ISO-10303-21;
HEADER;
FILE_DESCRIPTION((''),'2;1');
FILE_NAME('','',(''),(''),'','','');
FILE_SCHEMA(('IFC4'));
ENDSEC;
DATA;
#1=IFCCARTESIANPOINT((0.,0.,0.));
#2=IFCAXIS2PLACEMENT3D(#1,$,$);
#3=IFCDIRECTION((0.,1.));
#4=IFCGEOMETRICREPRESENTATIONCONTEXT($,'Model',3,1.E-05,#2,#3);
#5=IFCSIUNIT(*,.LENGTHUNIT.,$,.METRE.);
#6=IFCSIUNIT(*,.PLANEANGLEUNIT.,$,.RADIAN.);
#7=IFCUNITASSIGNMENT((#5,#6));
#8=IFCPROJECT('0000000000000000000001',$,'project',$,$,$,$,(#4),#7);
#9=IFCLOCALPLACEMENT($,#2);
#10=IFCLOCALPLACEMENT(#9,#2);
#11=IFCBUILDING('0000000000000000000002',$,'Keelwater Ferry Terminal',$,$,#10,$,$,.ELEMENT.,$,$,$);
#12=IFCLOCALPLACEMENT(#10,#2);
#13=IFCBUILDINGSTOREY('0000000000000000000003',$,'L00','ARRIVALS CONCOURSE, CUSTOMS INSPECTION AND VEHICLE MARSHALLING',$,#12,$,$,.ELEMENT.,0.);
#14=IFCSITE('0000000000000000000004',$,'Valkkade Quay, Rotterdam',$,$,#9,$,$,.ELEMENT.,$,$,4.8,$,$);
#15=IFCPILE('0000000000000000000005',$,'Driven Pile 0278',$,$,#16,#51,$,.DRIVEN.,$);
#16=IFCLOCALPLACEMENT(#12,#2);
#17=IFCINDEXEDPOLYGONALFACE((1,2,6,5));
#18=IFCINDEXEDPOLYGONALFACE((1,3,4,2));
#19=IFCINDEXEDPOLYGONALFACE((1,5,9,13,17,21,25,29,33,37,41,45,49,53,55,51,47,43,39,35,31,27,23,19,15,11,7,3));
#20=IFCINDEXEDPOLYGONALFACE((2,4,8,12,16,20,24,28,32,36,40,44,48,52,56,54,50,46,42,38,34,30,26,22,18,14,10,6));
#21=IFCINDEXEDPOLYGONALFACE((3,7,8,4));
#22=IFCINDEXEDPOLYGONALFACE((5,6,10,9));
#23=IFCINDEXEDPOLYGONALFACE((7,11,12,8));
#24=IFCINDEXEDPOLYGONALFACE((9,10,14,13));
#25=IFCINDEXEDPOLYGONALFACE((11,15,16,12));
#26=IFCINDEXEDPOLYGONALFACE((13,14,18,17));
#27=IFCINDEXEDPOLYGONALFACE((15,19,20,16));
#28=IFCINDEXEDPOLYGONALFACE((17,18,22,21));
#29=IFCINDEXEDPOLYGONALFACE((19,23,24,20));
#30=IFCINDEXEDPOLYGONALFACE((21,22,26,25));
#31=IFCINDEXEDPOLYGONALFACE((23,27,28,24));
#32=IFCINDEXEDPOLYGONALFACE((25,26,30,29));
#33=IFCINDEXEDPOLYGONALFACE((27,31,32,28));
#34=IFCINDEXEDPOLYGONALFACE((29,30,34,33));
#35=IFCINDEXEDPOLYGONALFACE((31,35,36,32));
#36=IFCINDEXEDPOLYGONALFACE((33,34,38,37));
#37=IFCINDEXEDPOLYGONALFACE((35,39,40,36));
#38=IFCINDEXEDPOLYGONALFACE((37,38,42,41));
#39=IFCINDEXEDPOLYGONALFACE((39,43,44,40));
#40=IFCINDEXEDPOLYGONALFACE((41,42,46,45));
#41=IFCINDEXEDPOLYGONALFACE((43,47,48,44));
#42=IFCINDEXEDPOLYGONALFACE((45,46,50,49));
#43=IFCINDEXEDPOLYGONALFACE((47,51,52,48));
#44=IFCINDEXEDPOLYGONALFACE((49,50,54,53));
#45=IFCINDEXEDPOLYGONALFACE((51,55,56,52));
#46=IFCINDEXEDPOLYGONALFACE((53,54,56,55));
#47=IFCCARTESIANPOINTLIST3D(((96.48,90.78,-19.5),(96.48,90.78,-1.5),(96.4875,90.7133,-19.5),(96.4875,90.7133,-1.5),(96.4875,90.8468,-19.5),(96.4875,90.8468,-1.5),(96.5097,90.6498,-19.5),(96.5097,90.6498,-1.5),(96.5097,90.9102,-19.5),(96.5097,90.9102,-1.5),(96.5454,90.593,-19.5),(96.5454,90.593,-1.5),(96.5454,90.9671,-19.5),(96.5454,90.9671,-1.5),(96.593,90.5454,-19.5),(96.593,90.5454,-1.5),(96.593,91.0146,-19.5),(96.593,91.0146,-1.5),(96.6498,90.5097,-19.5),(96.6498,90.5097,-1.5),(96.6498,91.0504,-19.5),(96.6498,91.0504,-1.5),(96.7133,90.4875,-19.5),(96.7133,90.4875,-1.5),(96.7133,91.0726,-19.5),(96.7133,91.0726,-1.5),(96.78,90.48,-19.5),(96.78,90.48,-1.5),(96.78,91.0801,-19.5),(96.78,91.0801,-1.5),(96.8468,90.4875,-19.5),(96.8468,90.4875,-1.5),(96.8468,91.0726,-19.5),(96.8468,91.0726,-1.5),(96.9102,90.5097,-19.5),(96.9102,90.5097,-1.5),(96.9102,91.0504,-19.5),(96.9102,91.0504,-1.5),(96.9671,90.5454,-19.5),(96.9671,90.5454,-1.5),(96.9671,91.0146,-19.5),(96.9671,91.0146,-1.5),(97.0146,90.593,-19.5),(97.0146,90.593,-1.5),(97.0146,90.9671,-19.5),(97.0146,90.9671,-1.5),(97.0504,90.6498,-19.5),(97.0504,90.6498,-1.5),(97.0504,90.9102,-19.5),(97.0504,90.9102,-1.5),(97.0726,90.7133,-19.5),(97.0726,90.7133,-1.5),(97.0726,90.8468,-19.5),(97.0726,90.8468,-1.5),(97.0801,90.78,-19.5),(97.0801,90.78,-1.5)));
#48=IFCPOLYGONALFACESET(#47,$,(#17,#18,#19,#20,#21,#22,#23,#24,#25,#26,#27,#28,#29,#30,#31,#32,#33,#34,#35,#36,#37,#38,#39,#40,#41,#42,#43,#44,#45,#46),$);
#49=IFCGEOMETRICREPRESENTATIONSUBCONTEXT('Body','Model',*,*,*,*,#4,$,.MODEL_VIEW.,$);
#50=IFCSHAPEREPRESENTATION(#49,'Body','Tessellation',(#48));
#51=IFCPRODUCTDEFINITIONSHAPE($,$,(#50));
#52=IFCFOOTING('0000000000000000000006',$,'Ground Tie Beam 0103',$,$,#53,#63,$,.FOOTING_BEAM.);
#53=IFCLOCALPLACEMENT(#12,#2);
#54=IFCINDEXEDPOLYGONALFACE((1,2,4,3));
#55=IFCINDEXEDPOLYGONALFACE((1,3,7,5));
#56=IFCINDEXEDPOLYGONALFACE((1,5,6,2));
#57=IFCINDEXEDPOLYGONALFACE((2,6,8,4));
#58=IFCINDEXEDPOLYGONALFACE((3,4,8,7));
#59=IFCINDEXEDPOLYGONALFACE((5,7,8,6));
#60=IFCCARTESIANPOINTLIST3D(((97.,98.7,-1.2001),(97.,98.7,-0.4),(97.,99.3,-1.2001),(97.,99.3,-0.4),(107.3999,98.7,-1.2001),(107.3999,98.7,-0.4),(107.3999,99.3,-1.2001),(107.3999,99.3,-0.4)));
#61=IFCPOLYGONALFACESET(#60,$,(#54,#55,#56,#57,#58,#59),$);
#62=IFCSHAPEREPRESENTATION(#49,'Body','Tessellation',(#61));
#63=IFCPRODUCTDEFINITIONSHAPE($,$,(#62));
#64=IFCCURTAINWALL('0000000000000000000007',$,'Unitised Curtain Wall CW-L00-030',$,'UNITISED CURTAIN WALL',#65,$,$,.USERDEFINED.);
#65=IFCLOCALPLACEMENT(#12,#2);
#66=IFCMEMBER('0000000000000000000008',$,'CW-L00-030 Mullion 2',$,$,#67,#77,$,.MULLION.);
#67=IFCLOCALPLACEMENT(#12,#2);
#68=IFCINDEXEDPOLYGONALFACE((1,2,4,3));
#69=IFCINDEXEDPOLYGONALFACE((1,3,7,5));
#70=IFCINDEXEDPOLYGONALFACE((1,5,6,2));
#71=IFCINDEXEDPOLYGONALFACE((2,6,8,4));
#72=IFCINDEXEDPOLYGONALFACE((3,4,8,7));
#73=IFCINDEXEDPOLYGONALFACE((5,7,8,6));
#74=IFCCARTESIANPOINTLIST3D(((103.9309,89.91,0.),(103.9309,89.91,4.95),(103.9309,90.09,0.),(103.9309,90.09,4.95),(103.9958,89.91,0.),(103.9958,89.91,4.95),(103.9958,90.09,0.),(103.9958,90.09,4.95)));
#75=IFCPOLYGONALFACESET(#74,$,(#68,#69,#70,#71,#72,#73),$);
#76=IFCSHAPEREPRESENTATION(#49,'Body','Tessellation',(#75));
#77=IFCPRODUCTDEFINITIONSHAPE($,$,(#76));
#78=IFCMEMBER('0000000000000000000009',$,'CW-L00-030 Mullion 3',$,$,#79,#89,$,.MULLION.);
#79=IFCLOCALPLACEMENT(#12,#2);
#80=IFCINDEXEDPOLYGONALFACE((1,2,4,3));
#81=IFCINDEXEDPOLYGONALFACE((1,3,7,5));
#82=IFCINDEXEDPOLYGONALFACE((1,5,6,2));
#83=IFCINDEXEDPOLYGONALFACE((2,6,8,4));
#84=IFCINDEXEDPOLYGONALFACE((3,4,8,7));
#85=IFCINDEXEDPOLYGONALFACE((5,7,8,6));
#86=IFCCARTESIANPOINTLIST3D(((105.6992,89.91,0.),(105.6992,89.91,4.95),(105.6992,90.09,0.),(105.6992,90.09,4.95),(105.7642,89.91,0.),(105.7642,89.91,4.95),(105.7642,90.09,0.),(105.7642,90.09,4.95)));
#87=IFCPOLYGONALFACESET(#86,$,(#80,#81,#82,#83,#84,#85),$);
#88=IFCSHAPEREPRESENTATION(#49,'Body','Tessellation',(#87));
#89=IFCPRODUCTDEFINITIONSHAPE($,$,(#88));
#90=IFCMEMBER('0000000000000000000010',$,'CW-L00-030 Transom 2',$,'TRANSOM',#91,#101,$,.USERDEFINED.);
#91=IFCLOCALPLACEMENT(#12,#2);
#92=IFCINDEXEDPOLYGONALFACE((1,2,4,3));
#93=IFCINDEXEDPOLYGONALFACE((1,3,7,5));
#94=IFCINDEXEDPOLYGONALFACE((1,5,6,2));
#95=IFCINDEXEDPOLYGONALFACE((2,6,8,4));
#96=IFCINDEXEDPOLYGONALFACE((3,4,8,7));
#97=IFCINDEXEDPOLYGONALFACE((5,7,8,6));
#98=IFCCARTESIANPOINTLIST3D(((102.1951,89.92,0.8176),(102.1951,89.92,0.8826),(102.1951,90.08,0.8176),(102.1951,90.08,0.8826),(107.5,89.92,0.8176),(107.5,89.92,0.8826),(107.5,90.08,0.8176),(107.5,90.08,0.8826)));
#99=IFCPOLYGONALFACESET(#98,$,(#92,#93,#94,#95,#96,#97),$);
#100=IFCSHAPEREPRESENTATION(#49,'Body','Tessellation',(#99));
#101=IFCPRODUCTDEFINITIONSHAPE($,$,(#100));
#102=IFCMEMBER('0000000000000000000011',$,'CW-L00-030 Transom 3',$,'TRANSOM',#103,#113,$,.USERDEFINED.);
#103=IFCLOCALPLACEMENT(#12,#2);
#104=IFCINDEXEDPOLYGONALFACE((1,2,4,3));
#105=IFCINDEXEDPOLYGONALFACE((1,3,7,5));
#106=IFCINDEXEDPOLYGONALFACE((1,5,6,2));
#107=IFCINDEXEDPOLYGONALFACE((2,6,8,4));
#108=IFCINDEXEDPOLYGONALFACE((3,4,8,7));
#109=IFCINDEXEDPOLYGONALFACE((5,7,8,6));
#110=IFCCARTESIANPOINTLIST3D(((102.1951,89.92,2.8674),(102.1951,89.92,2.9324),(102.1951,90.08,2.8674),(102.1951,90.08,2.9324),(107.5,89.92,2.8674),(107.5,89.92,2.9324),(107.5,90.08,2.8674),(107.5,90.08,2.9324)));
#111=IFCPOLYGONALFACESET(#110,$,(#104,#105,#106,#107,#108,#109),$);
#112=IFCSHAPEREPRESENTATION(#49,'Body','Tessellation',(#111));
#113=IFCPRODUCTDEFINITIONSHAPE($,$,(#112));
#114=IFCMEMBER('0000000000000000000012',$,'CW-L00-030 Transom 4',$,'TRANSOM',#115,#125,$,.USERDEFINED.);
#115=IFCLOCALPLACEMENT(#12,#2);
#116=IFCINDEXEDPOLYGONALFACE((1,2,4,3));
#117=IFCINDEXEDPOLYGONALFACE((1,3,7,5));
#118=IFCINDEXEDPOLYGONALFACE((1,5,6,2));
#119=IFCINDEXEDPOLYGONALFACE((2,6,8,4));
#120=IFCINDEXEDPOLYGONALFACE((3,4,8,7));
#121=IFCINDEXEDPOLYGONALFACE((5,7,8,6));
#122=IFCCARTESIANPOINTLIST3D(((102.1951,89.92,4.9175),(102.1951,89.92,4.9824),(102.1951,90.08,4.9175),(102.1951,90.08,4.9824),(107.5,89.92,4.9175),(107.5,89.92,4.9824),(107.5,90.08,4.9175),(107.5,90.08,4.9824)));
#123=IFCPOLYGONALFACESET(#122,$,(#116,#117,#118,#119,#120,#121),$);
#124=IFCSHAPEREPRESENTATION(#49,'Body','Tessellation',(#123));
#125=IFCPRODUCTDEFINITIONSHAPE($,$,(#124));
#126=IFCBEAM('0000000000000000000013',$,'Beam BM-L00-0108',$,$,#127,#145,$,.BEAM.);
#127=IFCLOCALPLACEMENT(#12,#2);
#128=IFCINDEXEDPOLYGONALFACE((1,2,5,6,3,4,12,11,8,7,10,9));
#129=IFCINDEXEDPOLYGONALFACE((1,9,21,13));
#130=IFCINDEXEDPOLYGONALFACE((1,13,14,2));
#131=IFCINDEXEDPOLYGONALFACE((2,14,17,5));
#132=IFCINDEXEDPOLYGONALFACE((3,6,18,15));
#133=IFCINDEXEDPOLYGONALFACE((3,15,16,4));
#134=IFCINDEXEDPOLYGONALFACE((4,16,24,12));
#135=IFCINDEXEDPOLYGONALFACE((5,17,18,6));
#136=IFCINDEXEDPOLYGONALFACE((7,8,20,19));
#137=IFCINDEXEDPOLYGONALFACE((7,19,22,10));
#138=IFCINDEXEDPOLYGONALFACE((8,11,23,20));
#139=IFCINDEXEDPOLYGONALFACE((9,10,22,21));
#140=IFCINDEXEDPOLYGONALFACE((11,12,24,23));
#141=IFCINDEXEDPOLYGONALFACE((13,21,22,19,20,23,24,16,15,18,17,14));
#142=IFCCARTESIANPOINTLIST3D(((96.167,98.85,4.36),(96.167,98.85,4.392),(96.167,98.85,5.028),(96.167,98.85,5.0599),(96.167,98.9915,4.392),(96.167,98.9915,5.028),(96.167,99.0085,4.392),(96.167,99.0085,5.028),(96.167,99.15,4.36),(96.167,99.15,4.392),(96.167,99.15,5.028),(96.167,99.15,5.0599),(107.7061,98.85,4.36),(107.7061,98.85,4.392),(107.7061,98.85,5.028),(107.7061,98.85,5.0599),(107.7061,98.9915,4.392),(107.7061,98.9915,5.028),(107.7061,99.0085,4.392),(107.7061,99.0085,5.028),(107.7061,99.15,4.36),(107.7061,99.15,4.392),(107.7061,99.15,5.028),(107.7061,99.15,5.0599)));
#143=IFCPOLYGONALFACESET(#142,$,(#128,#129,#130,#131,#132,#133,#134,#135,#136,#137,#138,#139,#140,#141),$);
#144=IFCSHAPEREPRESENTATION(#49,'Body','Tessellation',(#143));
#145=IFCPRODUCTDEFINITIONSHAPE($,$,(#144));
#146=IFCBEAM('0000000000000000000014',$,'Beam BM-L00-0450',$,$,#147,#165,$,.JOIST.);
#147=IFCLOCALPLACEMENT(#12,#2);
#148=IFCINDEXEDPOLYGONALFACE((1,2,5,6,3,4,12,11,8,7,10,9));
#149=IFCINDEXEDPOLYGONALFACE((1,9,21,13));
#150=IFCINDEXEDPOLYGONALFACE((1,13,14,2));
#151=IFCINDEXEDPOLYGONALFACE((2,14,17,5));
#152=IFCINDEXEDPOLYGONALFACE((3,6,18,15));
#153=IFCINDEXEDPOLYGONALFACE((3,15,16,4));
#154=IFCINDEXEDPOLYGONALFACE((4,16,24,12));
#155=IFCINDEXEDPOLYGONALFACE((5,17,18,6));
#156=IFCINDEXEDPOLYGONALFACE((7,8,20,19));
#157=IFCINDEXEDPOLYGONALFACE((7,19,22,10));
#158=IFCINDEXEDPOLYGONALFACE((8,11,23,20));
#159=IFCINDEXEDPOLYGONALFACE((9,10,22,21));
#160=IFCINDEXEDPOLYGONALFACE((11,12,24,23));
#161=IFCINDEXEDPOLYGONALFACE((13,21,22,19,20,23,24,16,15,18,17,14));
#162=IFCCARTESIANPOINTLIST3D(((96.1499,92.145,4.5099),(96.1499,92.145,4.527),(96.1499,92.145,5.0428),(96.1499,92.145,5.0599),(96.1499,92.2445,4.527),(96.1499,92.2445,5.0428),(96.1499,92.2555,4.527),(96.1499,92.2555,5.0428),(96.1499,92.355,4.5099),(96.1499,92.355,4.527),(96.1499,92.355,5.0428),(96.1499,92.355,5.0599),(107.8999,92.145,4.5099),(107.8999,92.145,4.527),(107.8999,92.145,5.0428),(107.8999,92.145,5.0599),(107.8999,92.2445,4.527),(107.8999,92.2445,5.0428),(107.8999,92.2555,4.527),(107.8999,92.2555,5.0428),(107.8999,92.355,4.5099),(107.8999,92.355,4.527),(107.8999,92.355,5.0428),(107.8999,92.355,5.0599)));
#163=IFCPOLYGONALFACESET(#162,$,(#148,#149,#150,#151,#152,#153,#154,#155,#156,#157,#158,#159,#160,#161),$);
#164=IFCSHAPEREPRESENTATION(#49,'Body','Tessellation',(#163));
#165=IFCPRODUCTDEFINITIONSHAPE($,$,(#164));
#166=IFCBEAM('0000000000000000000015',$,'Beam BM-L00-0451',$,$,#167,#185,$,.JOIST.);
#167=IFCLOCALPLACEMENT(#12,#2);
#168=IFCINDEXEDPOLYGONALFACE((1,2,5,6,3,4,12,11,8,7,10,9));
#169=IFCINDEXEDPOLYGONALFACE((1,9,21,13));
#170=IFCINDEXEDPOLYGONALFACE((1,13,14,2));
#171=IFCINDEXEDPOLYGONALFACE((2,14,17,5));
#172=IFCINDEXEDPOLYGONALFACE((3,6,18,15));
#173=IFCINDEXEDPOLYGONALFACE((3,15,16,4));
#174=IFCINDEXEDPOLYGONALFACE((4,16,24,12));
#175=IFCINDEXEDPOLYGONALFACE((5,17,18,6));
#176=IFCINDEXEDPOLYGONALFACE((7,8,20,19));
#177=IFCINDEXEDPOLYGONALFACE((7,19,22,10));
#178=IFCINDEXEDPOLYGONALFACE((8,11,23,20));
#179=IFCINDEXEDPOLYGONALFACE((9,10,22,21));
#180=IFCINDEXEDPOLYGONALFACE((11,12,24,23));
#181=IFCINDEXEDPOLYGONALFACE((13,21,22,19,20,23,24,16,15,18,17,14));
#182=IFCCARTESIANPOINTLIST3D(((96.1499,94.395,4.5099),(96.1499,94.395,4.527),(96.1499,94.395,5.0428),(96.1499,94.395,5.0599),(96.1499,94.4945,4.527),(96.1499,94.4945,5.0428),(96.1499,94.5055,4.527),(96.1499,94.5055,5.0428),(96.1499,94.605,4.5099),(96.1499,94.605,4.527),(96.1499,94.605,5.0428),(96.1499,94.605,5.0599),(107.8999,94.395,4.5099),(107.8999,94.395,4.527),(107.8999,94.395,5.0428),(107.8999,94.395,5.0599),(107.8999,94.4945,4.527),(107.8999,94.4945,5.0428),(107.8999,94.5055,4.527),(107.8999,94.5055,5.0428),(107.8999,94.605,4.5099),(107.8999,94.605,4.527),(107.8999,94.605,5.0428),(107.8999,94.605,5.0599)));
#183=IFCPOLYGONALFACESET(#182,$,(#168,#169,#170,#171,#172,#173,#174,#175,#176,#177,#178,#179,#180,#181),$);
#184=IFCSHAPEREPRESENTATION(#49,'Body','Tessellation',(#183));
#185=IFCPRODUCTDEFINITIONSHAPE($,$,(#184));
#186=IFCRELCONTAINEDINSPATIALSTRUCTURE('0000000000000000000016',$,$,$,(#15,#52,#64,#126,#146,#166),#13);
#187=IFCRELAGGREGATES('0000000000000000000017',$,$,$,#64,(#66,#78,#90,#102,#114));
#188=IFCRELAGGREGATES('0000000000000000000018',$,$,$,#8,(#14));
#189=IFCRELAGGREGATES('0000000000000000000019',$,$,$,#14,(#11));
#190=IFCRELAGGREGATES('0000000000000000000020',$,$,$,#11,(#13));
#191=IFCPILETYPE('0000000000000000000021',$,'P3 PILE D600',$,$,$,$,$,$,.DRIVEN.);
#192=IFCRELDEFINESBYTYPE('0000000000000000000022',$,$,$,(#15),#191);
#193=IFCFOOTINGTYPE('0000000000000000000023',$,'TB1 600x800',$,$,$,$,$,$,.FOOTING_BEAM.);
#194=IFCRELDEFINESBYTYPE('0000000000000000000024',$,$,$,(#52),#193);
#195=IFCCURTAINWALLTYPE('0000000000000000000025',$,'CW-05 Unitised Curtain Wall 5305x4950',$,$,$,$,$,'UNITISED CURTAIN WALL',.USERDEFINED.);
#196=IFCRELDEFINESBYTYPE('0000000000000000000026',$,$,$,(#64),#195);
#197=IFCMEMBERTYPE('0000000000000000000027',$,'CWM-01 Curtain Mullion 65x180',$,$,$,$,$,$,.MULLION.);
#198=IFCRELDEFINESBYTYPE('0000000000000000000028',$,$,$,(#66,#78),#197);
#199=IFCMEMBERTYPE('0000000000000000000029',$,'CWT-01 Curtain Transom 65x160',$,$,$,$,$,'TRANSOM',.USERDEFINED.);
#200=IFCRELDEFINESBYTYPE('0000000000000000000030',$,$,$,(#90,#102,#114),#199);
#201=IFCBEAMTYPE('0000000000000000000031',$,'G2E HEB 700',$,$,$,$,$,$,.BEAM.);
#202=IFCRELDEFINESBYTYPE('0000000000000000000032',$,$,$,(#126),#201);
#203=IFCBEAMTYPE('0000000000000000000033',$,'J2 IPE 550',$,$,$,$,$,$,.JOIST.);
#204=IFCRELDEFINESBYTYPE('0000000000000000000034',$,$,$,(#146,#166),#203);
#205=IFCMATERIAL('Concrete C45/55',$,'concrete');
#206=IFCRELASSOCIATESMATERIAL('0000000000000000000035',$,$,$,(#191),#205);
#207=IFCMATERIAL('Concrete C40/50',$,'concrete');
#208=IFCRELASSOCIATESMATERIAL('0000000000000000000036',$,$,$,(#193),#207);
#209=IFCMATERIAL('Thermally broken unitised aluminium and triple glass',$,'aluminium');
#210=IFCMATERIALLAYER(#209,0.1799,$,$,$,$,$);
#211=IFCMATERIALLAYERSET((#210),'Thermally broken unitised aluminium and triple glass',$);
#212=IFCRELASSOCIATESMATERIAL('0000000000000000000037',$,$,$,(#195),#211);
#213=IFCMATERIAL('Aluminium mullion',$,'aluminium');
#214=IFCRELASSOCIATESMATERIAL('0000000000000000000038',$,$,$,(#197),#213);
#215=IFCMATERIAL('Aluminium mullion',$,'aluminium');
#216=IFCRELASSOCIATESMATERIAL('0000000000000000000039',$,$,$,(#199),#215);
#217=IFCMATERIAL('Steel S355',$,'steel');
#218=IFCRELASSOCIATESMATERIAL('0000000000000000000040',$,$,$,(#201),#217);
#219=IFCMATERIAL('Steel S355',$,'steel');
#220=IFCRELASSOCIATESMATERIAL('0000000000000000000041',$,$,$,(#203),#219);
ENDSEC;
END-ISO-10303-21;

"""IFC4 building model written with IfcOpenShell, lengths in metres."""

from ifc_helpers import new_model, si_unit, direction, frame, origin, origin_2d, place, context, subcontext, project, spatial, rectangle, circle, i_section, extrude, material, layer, layer_set, material_profile, profile_set, type_object, element, aggregate, save


model = new_model("IFC4")

# Units and contexts
model_context = context("Model", 3, precision=1e-05, world=origin(), true_north=direction((0.0, 1.0)))
body_context = subcontext(model_context, "Body", "Model", "MODEL_VIEW")
ifc_project = project(units=[si_unit("LENGTHUNIT", "METRE"), si_unit("PLANEANGLEUNIT", "RADIAN")], contexts=[model_context])

# Site, building, storey
site_placement = place(None, origin())
site = spatial("IfcSite", under=ifc_project, at=site_placement, Name="Valkkade Quay, Rotterdam", CompositionType="ELEMENT", RefElevation=4.8)
building_placement = place(site_placement, origin())
building = spatial("IfcBuilding", under=site, at=building_placement, Name="Keelwater Ferry Terminal", CompositionType="ELEMENT")
storey_placement = place(building_placement, origin())
storey = spatial("IfcBuildingStorey", under=building, at=storey_placement, Name="L00", Description="ARRIVALS CONCOURSE, CUSTOMS INSPECTION AND VEHICLE MARSHALLING", CompositionType="ELEMENT", Elevation=0.0)

# Pile
ifc_material_1 = material(Name="Concrete C45/55", Category="concrete")
ifc_material_profile_1 = material_profile(ifc_material_1, circle(Radius=0.3, at=origin_2d()), Name="PILE D600")
ifc_profile_set_1 = profile_set([ifc_material_profile_1], Name="Concrete C45/55")
pile_type = type_object("IfcPileType", Name="P3 PILE D600", PredefinedType="DRIVEN", material=ifc_profile_set_1)
pile_placement = place(storey_placement, frame((96.78, 90.78, -1.5), z_axis=(0.0, 0.0, -1.0), x_axis=(1.0, 0.0, 0.0)))
element("IfcPile", 1, at=pile_placement, inside=storey, type_object=pile_type, Name="Driven Pile 0278", PredefinedType="DRIVEN", context=body_context, shape_type="SweptSolid", body=[
    extrude(circle(Radius=0.3, at=origin_2d()), origin(), (0.0, 0.0, 1.0), 18.0),
])

# Footing
ifc_material_2 = material(Name="Concrete C40/50", Category="concrete")
ifc_material_profile_2 = material_profile(ifc_material_2, rectangle(XDim=0.6001, YDim=0.8, at=origin_2d()), Name="TB 600x800")
ifc_profile_set_2 = profile_set([ifc_material_profile_2], Name="Concrete C40/50")
footing_type = type_object("IfcFootingType", Name="TB1 600x800", PredefinedType="FOOTING_BEAM", material=ifc_profile_set_2)
footing_placement = place(storey_placement, frame((97.0, 99.0, -0.8), z_axis=(1.0, 0.0, 0.0), x_axis=(0.0, 1.0, 0.0)))
element("IfcFooting", 2, at=footing_placement, inside=storey, type_object=footing_type, Name="Ground Tie Beam 0103", PredefinedType="FOOTING_BEAM", context=body_context, shape_type="SweptSolid", body=[
    extrude(rectangle(XDim=0.6001, YDim=0.8, at=origin_2d()), origin(), (0.0, 0.0, 1.0), 10.3999),
])

# Curtain wall, members
ifc_material_3 = material(Name="Thermally broken unitised aluminium and triple glass", Category="aluminium")
ifc_layer_1 = layer(ifc_material_3, 0.1799)
ifc_layer_set_1 = layer_set([ifc_layer_1], Name="Thermally broken unitised aluminium and triple glass")
curtain_wall_type = type_object("IfcCurtainWallType", Name="CW-05 Unitised Curtain Wall 5305x4950", ElementType="UNITISED CURTAIN WALL", PredefinedType="USERDEFINED", material=ifc_layer_set_1)
curtain_wall_placement = place(storey_placement, origin())
curtain_wall = element("IfcCurtainWall", 3, at=curtain_wall_placement, inside=storey, type_object=curtain_wall_type, Name="Unitised Curtain Wall CW-L00-030", ObjectType="UNITISED CURTAIN WALL", PredefinedType="USERDEFINED")
ifc_material_4 = material(Name="Aluminium mullion", Category="aluminium")
ifc_material_profile_3 = material_profile(ifc_material_4, rectangle(XDim=0.0649, YDim=0.1799, at=origin_2d()), Name="CWM-01")
ifc_profile_set_3 = profile_set([ifc_material_profile_3], Name="Aluminium mullion")
member_type_1 = type_object("IfcMemberType", Name="CWM-01 Curtain Mullion 65x180", PredefinedType="MULLION", material=ifc_profile_set_3)
member_1_placement = place(storey_placement, frame((103.9634, 90.0, 0.0), z_axis=(0.0, 0.0, 1.0), x_axis=(1.0, 0.0, 0.0)))
member_1 = element("IfcMember", 4, at=member_1_placement, type_object=member_type_1, Name="CW-L00-030 Mullion 2", PredefinedType="MULLION", context=body_context, shape_type="SweptSolid", body=[
    extrude(rectangle(XDim=0.0649, YDim=0.1799, at=origin_2d()), origin(), (0.0, 0.0, 1.0), 4.95),
])
member_2_placement = place(storey_placement, frame((105.7317, 90.0, 0.0), z_axis=(0.0, 0.0, 1.0), x_axis=(1.0, 0.0, 0.0)))
member_2 = element("IfcMember", 5, at=member_2_placement, type_object=member_type_1, Name="CW-L00-030 Mullion 3", PredefinedType="MULLION", context=body_context, shape_type="SweptSolid", body=[
    extrude(rectangle(XDim=0.0649, YDim=0.1799, at=origin_2d()), origin(), (0.0, 0.0, 1.0), 4.95),
])
ifc_material_5 = material(Name="Aluminium mullion", Category="aluminium")
ifc_material_profile_4 = material_profile(ifc_material_5, rectangle(XDim=0.1599, YDim=0.0649, at=origin_2d()), Name="CWT-01")
ifc_profile_set_4 = profile_set([ifc_material_profile_4], Name="Aluminium mullion")
member_type_2 = type_object("IfcMemberType", Name="CWT-01 Curtain Transom 65x160", ElementType="TRANSOM", PredefinedType="USERDEFINED", material=ifc_profile_set_4)
member_3_placement = place(storey_placement, frame((102.1951, 90.0, 0.8501), z_axis=(1.0, 0.0, 0.0), x_axis=(0.0, 1.0, 0.0)))
member_3 = element("IfcMember", 6, at=member_3_placement, type_object=member_type_2, Name="CW-L00-030 Transom 2", ObjectType="TRANSOM", PredefinedType="USERDEFINED", context=body_context, shape_type="SweptSolid", body=[
    extrude(rectangle(XDim=0.1599, YDim=0.0649, at=origin_2d()), origin(), (0.0, 0.0, 1.0), 5.3049),
])
member_4_placement = place(storey_placement, frame((102.1951, 90.0, 2.8999), z_axis=(1.0, 0.0, 0.0), x_axis=(0.0, 1.0, 0.0)))
member_4 = element("IfcMember", 7, at=member_4_placement, type_object=member_type_2, Name="CW-L00-030 Transom 3", ObjectType="TRANSOM", PredefinedType="USERDEFINED", context=body_context, shape_type="SweptSolid", body=[
    extrude(rectangle(XDim=0.1599, YDim=0.0649, at=origin_2d()), origin(), (0.0, 0.0, 1.0), 5.3049),
])
member_5_placement = place(storey_placement, frame((102.1951, 90.0, 4.95), z_axis=(1.0, 0.0, 0.0), x_axis=(0.0, 1.0, 0.0)))
member_5 = element("IfcMember", 8, at=member_5_placement, type_object=member_type_2, Name="CW-L00-030 Transom 4", ObjectType="TRANSOM", PredefinedType="USERDEFINED", context=body_context, shape_type="SweptSolid", body=[
    extrude(rectangle(XDim=0.1599, YDim=0.0649, at=origin_2d()), origin(), (0.0, 0.0, 1.0), 5.3049),
])

# Beams
ifc_material_6 = material(Name="Steel S355", Category="steel")
ifc_material_profile_5 = material_profile(ifc_material_6, i_section(OverallWidth=0.3, OverallDepth=0.7, WebThickness=0.0171, FlangeThickness=0.032, at=origin_2d()), Name="HEB 700")
ifc_profile_set_5 = profile_set([ifc_material_profile_5], Name="Steel S355")
beam_type_1 = type_object("IfcBeamType", Name="G2E HEB 700", PredefinedType="BEAM", material=ifc_profile_set_5)
beam_1_placement = place(storey_placement, frame((96.167, 99.0, 4.71), z_axis=(1.0, 0.0, 0.0), x_axis=(0.0, 1.0, 0.0)))
element("IfcBeam", 9, at=beam_1_placement, inside=storey, type_object=beam_type_1, Name="Beam BM-L00-0108", PredefinedType="BEAM", context=body_context, shape_type="SweptSolid", body=[
    extrude(i_section(OverallWidth=0.3, OverallDepth=0.7, WebThickness=0.0171, FlangeThickness=0.032, at=origin_2d()), origin(), (0.0, 0.0, 1.0), 11.5391),
])
ifc_material_7 = material(Name="Steel S355", Category="steel")
ifc_material_profile_6 = material_profile(ifc_material_7, i_section(OverallWidth=0.21, OverallDepth=0.55, WebThickness=0.011, FlangeThickness=0.0171, at=origin_2d()), Name="IPE 550")
ifc_profile_set_6 = profile_set([ifc_material_profile_6], Name="Steel S355")
beam_type_2 = type_object("IfcBeamType", Name="J2 IPE 550", PredefinedType="JOIST", material=ifc_profile_set_6)
for number, where, z_axis, x_axis, name in (
    (10, (96.1499, 92.25, 4.7849), (1.0, 0.0, 0.0), (0.0, 1.0, 0.0), "Beam BM-L00-0450"),
    (11, (96.1499, 94.5, 4.7849), (1.0, 0.0, 0.0), (0.0, 1.0, 0.0), "Beam BM-L00-0451"),
):
    element("IfcBeam", number, at=place(storey_placement, frame(where, z_axis=z_axis, x_axis=x_axis)), inside=storey, type_object=beam_type_2, Name=name, PredefinedType="JOIST", context=body_context, shape_type="SweptSolid", body=[
        extrude(i_section(OverallWidth=0.21, OverallDepth=0.55, WebThickness=0.011, FlangeThickness=0.0171, at=origin_2d()), origin(), (0.0, 0.0, 1.0), 11.75),
    ])

aggregate(curtain_wall, [member_1, member_2, member_3, member_4, member_5])

save(model, "model.ifc")
